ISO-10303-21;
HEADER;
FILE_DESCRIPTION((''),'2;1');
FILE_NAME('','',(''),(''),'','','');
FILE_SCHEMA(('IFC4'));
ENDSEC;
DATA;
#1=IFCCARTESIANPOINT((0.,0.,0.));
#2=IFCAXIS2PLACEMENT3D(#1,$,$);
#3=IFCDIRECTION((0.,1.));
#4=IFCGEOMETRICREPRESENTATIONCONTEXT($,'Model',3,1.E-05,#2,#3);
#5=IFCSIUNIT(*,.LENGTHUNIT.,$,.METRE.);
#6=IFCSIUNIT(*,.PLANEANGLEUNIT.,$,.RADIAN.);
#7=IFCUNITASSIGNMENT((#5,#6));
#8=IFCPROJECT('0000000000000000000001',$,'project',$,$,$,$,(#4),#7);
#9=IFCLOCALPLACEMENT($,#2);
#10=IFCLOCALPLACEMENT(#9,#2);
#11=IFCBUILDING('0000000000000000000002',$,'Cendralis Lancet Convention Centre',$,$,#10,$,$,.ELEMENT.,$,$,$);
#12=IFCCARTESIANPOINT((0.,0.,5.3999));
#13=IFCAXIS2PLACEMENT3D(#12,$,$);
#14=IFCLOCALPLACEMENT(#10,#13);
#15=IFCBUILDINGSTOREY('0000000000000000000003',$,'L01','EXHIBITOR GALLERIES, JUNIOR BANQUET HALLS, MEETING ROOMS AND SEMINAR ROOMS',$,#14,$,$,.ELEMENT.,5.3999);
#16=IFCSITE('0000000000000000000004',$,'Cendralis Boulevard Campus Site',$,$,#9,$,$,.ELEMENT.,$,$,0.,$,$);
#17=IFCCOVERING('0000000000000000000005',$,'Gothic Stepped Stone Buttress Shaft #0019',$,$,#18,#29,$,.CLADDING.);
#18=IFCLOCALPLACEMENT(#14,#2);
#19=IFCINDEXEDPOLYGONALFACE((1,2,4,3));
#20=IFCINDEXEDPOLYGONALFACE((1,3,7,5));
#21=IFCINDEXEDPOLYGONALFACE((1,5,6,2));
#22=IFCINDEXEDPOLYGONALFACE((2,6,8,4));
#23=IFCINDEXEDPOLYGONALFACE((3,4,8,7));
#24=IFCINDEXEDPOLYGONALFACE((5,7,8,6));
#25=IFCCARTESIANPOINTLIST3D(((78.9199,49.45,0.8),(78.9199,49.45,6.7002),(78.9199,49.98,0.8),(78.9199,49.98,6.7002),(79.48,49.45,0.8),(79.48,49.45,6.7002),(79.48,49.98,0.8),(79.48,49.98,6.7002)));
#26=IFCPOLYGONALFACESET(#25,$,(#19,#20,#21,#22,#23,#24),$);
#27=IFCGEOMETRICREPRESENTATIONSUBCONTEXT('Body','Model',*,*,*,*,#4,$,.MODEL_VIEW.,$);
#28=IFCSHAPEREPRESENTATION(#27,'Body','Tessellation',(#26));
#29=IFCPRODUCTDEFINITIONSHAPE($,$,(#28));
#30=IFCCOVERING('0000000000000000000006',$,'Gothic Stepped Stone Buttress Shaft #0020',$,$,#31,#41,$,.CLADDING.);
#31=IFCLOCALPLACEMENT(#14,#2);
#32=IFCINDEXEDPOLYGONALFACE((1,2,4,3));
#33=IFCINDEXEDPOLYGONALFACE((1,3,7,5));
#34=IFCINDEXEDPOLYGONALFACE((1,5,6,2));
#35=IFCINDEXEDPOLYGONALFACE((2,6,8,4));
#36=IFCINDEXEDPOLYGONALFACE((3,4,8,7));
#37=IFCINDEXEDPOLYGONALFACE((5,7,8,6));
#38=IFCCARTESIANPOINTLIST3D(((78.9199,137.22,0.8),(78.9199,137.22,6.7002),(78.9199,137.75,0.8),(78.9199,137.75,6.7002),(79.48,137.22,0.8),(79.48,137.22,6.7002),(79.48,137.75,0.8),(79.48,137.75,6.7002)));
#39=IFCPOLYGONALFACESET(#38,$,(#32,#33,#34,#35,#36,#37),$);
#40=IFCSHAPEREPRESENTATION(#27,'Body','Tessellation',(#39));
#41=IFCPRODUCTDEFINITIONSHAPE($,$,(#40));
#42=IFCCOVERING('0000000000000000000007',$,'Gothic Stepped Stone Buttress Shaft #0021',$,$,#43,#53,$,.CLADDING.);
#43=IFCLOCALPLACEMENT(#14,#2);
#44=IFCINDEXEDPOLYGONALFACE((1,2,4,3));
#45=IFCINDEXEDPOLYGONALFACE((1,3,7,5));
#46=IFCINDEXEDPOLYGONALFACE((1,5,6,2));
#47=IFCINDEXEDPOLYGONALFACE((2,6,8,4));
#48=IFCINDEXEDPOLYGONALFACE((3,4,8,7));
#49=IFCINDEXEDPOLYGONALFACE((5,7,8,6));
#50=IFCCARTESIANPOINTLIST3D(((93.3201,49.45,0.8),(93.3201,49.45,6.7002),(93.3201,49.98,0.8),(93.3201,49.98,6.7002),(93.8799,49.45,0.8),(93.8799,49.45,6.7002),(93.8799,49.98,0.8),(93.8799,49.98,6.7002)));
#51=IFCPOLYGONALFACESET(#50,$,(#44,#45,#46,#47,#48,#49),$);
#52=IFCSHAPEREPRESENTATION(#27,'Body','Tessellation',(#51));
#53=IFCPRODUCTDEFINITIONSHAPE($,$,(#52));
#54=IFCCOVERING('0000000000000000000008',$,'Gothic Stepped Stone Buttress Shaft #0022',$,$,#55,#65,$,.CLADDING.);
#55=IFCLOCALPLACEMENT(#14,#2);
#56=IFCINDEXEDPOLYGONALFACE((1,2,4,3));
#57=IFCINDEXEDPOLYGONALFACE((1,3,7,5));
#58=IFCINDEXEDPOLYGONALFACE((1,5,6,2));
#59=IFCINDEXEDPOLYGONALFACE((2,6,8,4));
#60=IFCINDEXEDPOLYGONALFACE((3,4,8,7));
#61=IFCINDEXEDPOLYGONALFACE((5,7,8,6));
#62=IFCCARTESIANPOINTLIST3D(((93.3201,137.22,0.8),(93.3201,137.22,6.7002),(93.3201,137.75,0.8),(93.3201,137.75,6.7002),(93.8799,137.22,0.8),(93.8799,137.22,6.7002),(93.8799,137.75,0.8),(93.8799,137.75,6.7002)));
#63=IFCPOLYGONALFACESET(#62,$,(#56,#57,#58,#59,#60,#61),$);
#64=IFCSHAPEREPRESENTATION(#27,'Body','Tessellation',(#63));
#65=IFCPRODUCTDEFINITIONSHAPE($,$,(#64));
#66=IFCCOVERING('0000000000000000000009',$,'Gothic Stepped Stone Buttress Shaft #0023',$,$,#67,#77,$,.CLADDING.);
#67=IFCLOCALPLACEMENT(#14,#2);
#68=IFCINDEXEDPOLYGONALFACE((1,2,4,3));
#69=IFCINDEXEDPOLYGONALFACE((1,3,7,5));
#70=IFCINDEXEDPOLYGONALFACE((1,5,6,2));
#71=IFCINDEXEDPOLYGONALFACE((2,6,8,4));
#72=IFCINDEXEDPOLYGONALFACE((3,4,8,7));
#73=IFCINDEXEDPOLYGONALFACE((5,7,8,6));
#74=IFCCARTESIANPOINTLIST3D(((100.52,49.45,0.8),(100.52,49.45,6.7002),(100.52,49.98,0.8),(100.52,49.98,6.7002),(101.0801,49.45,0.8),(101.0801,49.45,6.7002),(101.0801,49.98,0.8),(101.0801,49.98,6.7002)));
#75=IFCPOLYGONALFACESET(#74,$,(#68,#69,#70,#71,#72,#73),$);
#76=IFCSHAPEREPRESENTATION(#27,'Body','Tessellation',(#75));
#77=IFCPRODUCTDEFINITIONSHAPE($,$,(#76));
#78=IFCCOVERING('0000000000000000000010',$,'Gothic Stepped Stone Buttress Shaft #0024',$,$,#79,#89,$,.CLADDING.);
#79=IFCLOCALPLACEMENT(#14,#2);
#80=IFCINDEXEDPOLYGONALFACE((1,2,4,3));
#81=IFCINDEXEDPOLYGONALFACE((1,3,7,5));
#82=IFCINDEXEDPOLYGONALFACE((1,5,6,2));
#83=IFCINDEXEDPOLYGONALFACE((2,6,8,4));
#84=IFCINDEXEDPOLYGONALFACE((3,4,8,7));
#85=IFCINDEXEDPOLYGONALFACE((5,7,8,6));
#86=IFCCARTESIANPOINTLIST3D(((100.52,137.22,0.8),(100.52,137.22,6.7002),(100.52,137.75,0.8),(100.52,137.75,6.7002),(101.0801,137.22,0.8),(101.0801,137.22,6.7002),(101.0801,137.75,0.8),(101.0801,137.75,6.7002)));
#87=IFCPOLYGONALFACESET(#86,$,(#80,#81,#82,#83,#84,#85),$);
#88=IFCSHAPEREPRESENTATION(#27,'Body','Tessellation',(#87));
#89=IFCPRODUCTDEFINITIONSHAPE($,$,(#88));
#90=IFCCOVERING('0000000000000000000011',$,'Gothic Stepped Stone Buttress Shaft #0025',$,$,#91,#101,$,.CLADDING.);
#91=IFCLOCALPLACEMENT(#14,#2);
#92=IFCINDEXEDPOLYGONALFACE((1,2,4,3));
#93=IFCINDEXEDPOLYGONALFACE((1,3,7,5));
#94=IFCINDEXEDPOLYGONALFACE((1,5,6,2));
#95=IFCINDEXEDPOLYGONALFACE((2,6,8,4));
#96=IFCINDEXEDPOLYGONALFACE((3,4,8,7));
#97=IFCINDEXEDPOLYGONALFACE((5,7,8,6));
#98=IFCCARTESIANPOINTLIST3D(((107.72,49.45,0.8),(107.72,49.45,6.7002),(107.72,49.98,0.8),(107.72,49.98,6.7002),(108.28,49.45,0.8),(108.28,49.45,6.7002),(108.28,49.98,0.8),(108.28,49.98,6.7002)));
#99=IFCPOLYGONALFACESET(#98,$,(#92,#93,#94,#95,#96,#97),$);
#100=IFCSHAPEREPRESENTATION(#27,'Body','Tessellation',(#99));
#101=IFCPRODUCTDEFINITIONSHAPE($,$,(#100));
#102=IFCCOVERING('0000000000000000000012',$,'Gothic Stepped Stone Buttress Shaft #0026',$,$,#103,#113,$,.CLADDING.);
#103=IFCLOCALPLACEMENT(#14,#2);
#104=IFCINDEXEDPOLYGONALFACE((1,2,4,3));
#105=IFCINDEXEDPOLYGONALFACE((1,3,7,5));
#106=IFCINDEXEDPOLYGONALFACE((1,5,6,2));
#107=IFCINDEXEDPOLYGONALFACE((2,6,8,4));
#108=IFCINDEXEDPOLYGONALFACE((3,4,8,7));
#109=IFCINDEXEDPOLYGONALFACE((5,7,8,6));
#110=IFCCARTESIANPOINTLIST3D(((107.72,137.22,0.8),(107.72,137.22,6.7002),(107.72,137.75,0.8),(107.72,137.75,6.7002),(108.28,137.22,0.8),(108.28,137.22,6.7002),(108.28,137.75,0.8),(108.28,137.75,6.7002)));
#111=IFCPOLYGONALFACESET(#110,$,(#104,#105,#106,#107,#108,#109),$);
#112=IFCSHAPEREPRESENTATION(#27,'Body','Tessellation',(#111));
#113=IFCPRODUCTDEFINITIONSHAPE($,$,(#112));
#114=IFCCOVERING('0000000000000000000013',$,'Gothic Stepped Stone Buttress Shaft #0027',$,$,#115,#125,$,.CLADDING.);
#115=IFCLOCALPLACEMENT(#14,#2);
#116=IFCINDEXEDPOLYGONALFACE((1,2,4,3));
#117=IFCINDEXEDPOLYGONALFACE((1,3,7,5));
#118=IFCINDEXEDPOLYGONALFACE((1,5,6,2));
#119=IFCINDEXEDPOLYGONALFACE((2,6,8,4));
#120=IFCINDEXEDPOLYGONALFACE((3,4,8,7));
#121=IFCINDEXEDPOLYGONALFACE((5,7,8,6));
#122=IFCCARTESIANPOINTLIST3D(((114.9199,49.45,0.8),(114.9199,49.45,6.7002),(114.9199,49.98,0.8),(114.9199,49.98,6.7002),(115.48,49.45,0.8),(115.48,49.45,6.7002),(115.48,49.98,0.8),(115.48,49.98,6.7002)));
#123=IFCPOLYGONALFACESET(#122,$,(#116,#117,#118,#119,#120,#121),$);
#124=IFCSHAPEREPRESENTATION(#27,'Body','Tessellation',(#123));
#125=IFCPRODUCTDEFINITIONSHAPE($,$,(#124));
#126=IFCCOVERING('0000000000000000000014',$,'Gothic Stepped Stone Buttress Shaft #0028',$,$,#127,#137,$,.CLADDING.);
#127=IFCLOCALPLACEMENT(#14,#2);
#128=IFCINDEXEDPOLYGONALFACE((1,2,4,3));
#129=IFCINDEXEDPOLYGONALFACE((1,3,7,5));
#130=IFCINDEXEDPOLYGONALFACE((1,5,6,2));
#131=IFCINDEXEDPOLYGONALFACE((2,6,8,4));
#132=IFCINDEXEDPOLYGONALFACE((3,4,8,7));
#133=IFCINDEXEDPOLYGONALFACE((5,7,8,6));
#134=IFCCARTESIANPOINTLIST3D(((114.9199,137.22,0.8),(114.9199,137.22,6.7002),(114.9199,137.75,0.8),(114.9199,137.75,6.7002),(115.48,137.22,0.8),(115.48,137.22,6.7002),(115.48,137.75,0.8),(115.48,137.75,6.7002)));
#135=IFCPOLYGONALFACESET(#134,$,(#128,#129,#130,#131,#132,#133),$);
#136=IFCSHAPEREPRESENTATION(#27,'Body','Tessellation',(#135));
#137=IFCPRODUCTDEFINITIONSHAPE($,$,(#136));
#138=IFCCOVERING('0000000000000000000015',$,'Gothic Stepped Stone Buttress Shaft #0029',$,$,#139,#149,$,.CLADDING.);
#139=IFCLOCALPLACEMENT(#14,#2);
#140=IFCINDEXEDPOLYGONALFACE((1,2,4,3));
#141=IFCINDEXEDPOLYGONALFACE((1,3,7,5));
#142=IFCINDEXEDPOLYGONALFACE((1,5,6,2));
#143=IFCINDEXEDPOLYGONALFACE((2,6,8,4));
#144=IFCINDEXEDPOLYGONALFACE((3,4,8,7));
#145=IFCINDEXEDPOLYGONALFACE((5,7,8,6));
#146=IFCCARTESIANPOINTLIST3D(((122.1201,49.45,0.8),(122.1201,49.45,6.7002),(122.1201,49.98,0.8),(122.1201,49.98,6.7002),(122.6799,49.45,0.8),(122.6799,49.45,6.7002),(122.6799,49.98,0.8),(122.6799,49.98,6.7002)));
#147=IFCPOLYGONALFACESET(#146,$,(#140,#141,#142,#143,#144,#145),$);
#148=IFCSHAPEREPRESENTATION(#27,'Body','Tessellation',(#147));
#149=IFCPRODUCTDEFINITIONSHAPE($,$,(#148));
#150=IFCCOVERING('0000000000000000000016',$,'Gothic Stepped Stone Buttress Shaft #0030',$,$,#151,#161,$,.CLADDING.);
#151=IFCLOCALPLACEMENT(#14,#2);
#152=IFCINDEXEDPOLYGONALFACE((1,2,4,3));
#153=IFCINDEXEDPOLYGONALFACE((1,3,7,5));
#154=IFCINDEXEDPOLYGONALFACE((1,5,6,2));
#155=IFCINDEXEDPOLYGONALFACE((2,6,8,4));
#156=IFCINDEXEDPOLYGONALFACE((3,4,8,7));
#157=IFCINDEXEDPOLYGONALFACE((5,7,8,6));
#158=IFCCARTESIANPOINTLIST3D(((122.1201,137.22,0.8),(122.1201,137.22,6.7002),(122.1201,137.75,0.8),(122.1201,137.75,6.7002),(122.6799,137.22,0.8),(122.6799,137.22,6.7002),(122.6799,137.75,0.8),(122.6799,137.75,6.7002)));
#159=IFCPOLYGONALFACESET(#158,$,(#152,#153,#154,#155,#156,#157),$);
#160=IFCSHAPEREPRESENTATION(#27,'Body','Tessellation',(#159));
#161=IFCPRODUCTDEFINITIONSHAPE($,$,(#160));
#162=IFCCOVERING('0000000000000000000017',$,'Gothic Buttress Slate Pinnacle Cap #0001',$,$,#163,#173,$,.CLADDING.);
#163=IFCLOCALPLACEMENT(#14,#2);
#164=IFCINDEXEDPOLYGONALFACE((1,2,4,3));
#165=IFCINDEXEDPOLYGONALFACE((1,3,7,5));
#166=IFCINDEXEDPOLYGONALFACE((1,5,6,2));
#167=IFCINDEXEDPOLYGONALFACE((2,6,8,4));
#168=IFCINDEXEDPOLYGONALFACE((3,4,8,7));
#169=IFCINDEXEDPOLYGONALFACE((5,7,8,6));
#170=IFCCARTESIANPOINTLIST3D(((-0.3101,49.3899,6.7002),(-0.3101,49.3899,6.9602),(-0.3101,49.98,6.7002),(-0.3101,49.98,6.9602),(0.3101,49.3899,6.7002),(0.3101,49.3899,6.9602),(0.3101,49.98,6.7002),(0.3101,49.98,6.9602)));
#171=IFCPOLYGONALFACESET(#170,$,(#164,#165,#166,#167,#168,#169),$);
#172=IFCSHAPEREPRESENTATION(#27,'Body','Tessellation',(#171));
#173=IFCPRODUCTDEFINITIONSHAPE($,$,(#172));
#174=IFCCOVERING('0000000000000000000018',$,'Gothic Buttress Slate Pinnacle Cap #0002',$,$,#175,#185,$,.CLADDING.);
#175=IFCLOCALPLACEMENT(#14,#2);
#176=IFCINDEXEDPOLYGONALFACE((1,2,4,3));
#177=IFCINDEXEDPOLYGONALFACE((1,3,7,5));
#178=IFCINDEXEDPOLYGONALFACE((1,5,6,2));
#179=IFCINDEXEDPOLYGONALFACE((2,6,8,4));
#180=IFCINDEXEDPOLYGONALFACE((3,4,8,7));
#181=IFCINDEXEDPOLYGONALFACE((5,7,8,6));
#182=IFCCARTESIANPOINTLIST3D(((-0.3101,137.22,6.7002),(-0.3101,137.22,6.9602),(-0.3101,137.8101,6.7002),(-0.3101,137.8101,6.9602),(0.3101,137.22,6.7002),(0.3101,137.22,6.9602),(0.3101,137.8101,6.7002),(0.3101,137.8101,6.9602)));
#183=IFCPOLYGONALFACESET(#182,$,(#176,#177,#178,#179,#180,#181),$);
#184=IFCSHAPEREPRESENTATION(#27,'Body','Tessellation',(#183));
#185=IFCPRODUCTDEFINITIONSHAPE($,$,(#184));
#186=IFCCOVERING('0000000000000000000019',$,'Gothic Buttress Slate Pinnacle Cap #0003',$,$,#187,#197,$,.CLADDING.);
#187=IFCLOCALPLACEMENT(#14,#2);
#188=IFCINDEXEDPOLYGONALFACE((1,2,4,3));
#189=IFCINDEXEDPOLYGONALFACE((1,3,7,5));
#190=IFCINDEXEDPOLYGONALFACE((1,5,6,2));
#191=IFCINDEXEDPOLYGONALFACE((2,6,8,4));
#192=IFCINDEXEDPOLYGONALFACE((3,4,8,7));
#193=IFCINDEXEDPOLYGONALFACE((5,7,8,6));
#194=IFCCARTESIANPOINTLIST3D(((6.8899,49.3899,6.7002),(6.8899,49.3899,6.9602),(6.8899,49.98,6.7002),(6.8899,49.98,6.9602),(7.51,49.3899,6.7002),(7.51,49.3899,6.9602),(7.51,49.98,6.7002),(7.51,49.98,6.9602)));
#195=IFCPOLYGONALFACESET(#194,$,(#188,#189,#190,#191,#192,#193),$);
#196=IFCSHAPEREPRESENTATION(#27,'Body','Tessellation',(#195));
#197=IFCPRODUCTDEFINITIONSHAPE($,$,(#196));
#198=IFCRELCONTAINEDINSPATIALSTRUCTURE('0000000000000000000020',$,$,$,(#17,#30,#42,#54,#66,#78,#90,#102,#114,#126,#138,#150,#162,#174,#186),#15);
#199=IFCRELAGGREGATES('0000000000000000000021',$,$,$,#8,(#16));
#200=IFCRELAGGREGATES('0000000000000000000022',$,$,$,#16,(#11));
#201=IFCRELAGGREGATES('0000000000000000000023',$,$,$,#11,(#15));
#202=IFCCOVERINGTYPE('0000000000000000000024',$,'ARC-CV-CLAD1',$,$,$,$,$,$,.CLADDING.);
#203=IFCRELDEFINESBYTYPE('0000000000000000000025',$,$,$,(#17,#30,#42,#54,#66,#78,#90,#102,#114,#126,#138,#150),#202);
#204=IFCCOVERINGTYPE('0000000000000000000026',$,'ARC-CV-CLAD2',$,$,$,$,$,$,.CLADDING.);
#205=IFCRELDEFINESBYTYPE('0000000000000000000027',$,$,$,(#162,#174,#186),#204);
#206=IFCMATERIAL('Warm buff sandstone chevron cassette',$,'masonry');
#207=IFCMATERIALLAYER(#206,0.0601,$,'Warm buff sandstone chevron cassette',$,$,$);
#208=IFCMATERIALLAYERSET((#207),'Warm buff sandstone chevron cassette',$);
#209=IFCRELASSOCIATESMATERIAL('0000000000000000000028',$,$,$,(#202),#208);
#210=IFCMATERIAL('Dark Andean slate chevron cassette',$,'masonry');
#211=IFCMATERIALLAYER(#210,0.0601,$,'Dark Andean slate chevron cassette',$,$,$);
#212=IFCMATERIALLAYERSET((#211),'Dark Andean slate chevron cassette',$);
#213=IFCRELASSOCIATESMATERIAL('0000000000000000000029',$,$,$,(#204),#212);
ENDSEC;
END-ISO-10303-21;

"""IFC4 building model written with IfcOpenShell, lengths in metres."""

from ifc_helpers import new_model, si_unit, direction, frame, origin, place, context, subcontext, project, spatial, polyline, outline, extrude, material, layer, layer_set, type_object, element, save


model = new_model("IFC4")

# Units and contexts
model_context = context("Model", 3, precision=1e-05, world=origin(), true_north=direction((0.0, 1.0)))
body_context = subcontext(model_context, "Body", "Model", "MODEL_VIEW")
ifc_project = project(units=[si_unit("LENGTHUNIT", "METRE"), si_unit("PLANEANGLEUNIT", "RADIAN")], contexts=[model_context])

# Site, building, storey
site_placement = place(None, origin())
site = spatial("IfcSite", under=ifc_project, at=site_placement, Name="Cendralis Boulevard Campus Site", CompositionType="ELEMENT", RefElevation=0.0)
building_placement = place(site_placement, origin())
building = spatial("IfcBuilding", under=site, at=building_placement, Name="Cendralis Lancet Convention Centre", CompositionType="ELEMENT")
storey_placement = place(building_placement, frame((0.0, 0.0, 5.3999)))
storey = spatial("IfcBuildingStorey", under=building, at=storey_placement, Name="L01", Description="EXHIBITOR GALLERIES, JUNIOR BANQUET HALLS, MEETING ROOMS AND SEMINAR ROOMS", CompositionType="ELEMENT", Elevation=5.3999)

# Coverings
ifc_material_1 = material(Name="Warm buff sandstone chevron cassette", Category="masonry")
ifc_layer_1 = layer(ifc_material_1, 0.0601, Name="Warm buff sandstone chevron cassette")
ifc_layer_set_1 = layer_set([ifc_layer_1], Name="Warm buff sandstone chevron cassette")
covering_type_1 = type_object("IfcCoveringType", Name="ARC-CV-CLAD1", PredefinedType="CLADDING", material=ifc_layer_set_1)
covering_1_placement = place(storey_placement, frame((0.0, 0.0, 0.8)))
element("IfcCovering", 1, at=covering_1_placement, inside=storey, type_object=covering_type_1, Name="Gothic Stepped Stone Buttress Shaft #0019", PredefinedType="CLADDING", context=body_context, shape_type="SweptSolid", body=[
    extrude(outline(polyline([(78.9199, 49.45), (79.48, 49.45), (79.48, 49.98), (78.9199, 49.98), (78.9199, 49.45)])), origin(), (0.0, 0.0, 1.0), 5.9001),
])
covering_2_placement = place(storey_placement, frame((0.0, 0.0, 0.8)))
element("IfcCovering", 2, at=covering_2_placement, inside=storey, type_object=covering_type_1, Name="Gothic Stepped Stone Buttress Shaft #0020", PredefinedType="CLADDING", context=body_context, shape_type="SweptSolid", body=[
    extrude(outline(polyline([(79.48, 137.75), (78.9199, 137.75), (78.9199, 137.22), (79.48, 137.22), (79.48, 137.75)])), origin(), (0.0, 0.0, 1.0), 5.9001),
])
covering_3_placement = place(storey_placement, frame((0.0, 0.0, 0.8)))
element("IfcCovering", 3, at=covering_3_placement, inside=storey, type_object=covering_type_1, Name="Gothic Stepped Stone Buttress Shaft #0021", PredefinedType="CLADDING", context=body_context, shape_type="SweptSolid", body=[
    extrude(outline(polyline([(93.3201, 49.45), (93.8799, 49.45), (93.8799, 49.98), (93.3201, 49.98), (93.3201, 49.45)])), origin(), (0.0, 0.0, 1.0), 5.9001),
])
covering_4_placement = place(storey_placement, frame((0.0, 0.0, 0.8)))
element("IfcCovering", 4, at=covering_4_placement, inside=storey, type_object=covering_type_1, Name="Gothic Stepped Stone Buttress Shaft #0022", PredefinedType="CLADDING", context=body_context, shape_type="SweptSolid", body=[
    extrude(outline(polyline([(93.8799, 137.75), (93.3201, 137.75), (93.3201, 137.22), (93.8799, 137.22), (93.8799, 137.75)])), origin(), (0.0, 0.0, 1.0), 5.9001),
])
covering_5_placement = place(storey_placement, frame((0.0, 0.0, 0.8)))
element("IfcCovering", 5, at=covering_5_placement, inside=storey, type_object=covering_type_1, Name="Gothic Stepped Stone Buttress Shaft #0023", PredefinedType="CLADDING", context=body_context, shape_type="SweptSolid", body=[
    extrude(outline(polyline([(100.52, 49.45), (101.0801, 49.45), (101.0801, 49.98), (100.52, 49.98), (100.52, 49.45)])), origin(), (0.0, 0.0, 1.0), 5.9001),
])
covering_6_placement = place(storey_placement, frame((0.0, 0.0, 0.8)))
element("IfcCovering", 6, at=covering_6_placement, inside=storey, type_object=covering_type_1, Name="Gothic Stepped Stone Buttress Shaft #0024", PredefinedType="CLADDING", context=body_context, shape_type="SweptSolid", body=[
    extrude(outline(polyline([(101.0801, 137.75), (100.52, 137.75), (100.52, 137.22), (101.0801, 137.22), (101.0801, 137.75)])), origin(), (0.0, 0.0, 1.0), 5.9001),
])
covering_7_placement = place(storey_placement, frame((0.0, 0.0, 0.8)))
element("IfcCovering", 7, at=covering_7_placement, inside=storey, type_object=covering_type_1, Name="Gothic Stepped Stone Buttress Shaft #0025", PredefinedType="CLADDING", context=body_context, shape_type="SweptSolid", body=[
    extrude(outline(polyline([(107.72, 49.45), (108.28, 49.45), (108.28, 49.98), (107.72, 49.98), (107.72, 49.45)])), origin(), (0.0, 0.0, 1.0), 5.9001),
])
covering_8_placement = place(storey_placement, frame((0.0, 0.0, 0.8)))
element("IfcCovering", 8, at=covering_8_placement, inside=storey, type_object=covering_type_1, Name="Gothic Stepped Stone Buttress Shaft #0026", PredefinedType="CLADDING", context=body_context, shape_type="SweptSolid", body=[
    extrude(outline(polyline([(108.28, 137.75), (107.72, 137.75), (107.72, 137.22), (108.28, 137.22), (108.28, 137.75)])), origin(), (0.0, 0.0, 1.0), 5.9001),
])
covering_9_placement = place(storey_placement, frame((0.0, 0.0, 0.8)))
element("IfcCovering", 9, at=covering_9_placement, inside=storey, type_object=covering_type_1, Name="Gothic Stepped Stone Buttress Shaft #0027", PredefinedType="CLADDING", context=body_context, shape_type="SweptSolid", body=[
    extrude(outline(polyline([(114.9199, 49.45), (115.48, 49.45), (115.48, 49.98), (114.9199, 49.98), (114.9199, 49.45)])), origin(), (0.0, 0.0, 1.0), 5.9001),
])
covering_10_placement = place(storey_placement, frame((0.0, 0.0, 0.8)))
element("IfcCovering", 10, at=covering_10_placement, inside=storey, type_object=covering_type_1, Name="Gothic Stepped Stone Buttress Shaft #0028", PredefinedType="CLADDING", context=body_context, shape_type="SweptSolid", body=[
    extrude(outline(polyline([(115.48, 137.75), (114.9199, 137.75), (114.9199, 137.22), (115.48, 137.22), (115.48, 137.75)])), origin(), (0.0, 0.0, 1.0), 5.9001),
])
covering_11_placement = place(storey_placement, frame((0.0, 0.0, 0.8)))
element("IfcCovering", 11, at=covering_11_placement, inside=storey, type_object=covering_type_1, Name="Gothic Stepped Stone Buttress Shaft #0029", PredefinedType="CLADDING", context=body_context, shape_type="SweptSolid", body=[
    extrude(outline(polyline([(122.1201, 49.45), (122.6799, 49.45), (122.6799, 49.98), (122.1201, 49.98), (122.1201, 49.45)])), origin(), (0.0, 0.0, 1.0), 5.9001),
])
covering_12_placement = place(storey_placement, frame((0.0, 0.0, 0.8)))
element("IfcCovering", 12, at=covering_12_placement, inside=storey, type_object=covering_type_1, Name="Gothic Stepped Stone Buttress Shaft #0030", PredefinedType="CLADDING", context=body_context, shape_type="SweptSolid", body=[
    extrude(outline(polyline([(122.6799, 137.75), (122.1201, 137.75), (122.1201, 137.22), (122.6799, 137.22), (122.6799, 137.75)])), origin(), (0.0, 0.0, 1.0), 5.9001),
])
ifc_material_2 = material(Name="Dark Andean slate chevron cassette", Category="masonry")
ifc_layer_2 = layer(ifc_material_2, 0.0601, Name="Dark Andean slate chevron cassette")
ifc_layer_set_2 = layer_set([ifc_layer_2], Name="Dark Andean slate chevron cassette")
covering_type_2 = type_object("IfcCoveringType", Name="ARC-CV-CLAD2", PredefinedType="CLADDING", material=ifc_layer_set_2)
covering_13_placement = place(storey_placement, frame((0.0, 0.0, 6.7002)))
element("IfcCovering", 13, at=covering_13_placement, inside=storey, type_object=covering_type_2, Name="Gothic Buttress Slate Pinnacle Cap #0001", PredefinedType="CLADDING", context=body_context, shape_type="SweptSolid", body=[
    extrude(outline(polyline([(-0.3101, 49.3899), (0.3101, 49.3899), (0.3101, 49.98), (-0.3101, 49.98), (-0.3101, 49.3899)])), origin(), (0.0, 0.0, 1.0), 0.26),
])
covering_14_placement = place(storey_placement, frame((0.0, 0.0, 6.7002)))
element("IfcCovering", 14, at=covering_14_placement, inside=storey, type_object=covering_type_2, Name="Gothic Buttress Slate Pinnacle Cap #0002", PredefinedType="CLADDING", context=body_context, shape_type="SweptSolid", body=[
    extrude(outline(polyline([(0.3101, 137.8101), (-0.3101, 137.8101), (-0.3101, 137.22), (0.3101, 137.22), (0.3101, 137.8101)])), origin(), (0.0, 0.0, 1.0), 0.26),
])
covering_15_placement = place(storey_placement, frame((0.0, 0.0, 6.7002)))
element("IfcCovering", 15, at=covering_15_placement, inside=storey, type_object=covering_type_2, Name="Gothic Buttress Slate Pinnacle Cap #0003", PredefinedType="CLADDING", context=body_context, shape_type="SweptSolid", body=[
    extrude(outline(polyline([(6.8899, 49.3899), (7.51, 49.3899), (7.51, 49.98), (6.8899, 49.98), (6.8899, 49.3899)])), origin(), (0.0, 0.0, 1.0), 0.26),
])

save(model, "model.ifc")
